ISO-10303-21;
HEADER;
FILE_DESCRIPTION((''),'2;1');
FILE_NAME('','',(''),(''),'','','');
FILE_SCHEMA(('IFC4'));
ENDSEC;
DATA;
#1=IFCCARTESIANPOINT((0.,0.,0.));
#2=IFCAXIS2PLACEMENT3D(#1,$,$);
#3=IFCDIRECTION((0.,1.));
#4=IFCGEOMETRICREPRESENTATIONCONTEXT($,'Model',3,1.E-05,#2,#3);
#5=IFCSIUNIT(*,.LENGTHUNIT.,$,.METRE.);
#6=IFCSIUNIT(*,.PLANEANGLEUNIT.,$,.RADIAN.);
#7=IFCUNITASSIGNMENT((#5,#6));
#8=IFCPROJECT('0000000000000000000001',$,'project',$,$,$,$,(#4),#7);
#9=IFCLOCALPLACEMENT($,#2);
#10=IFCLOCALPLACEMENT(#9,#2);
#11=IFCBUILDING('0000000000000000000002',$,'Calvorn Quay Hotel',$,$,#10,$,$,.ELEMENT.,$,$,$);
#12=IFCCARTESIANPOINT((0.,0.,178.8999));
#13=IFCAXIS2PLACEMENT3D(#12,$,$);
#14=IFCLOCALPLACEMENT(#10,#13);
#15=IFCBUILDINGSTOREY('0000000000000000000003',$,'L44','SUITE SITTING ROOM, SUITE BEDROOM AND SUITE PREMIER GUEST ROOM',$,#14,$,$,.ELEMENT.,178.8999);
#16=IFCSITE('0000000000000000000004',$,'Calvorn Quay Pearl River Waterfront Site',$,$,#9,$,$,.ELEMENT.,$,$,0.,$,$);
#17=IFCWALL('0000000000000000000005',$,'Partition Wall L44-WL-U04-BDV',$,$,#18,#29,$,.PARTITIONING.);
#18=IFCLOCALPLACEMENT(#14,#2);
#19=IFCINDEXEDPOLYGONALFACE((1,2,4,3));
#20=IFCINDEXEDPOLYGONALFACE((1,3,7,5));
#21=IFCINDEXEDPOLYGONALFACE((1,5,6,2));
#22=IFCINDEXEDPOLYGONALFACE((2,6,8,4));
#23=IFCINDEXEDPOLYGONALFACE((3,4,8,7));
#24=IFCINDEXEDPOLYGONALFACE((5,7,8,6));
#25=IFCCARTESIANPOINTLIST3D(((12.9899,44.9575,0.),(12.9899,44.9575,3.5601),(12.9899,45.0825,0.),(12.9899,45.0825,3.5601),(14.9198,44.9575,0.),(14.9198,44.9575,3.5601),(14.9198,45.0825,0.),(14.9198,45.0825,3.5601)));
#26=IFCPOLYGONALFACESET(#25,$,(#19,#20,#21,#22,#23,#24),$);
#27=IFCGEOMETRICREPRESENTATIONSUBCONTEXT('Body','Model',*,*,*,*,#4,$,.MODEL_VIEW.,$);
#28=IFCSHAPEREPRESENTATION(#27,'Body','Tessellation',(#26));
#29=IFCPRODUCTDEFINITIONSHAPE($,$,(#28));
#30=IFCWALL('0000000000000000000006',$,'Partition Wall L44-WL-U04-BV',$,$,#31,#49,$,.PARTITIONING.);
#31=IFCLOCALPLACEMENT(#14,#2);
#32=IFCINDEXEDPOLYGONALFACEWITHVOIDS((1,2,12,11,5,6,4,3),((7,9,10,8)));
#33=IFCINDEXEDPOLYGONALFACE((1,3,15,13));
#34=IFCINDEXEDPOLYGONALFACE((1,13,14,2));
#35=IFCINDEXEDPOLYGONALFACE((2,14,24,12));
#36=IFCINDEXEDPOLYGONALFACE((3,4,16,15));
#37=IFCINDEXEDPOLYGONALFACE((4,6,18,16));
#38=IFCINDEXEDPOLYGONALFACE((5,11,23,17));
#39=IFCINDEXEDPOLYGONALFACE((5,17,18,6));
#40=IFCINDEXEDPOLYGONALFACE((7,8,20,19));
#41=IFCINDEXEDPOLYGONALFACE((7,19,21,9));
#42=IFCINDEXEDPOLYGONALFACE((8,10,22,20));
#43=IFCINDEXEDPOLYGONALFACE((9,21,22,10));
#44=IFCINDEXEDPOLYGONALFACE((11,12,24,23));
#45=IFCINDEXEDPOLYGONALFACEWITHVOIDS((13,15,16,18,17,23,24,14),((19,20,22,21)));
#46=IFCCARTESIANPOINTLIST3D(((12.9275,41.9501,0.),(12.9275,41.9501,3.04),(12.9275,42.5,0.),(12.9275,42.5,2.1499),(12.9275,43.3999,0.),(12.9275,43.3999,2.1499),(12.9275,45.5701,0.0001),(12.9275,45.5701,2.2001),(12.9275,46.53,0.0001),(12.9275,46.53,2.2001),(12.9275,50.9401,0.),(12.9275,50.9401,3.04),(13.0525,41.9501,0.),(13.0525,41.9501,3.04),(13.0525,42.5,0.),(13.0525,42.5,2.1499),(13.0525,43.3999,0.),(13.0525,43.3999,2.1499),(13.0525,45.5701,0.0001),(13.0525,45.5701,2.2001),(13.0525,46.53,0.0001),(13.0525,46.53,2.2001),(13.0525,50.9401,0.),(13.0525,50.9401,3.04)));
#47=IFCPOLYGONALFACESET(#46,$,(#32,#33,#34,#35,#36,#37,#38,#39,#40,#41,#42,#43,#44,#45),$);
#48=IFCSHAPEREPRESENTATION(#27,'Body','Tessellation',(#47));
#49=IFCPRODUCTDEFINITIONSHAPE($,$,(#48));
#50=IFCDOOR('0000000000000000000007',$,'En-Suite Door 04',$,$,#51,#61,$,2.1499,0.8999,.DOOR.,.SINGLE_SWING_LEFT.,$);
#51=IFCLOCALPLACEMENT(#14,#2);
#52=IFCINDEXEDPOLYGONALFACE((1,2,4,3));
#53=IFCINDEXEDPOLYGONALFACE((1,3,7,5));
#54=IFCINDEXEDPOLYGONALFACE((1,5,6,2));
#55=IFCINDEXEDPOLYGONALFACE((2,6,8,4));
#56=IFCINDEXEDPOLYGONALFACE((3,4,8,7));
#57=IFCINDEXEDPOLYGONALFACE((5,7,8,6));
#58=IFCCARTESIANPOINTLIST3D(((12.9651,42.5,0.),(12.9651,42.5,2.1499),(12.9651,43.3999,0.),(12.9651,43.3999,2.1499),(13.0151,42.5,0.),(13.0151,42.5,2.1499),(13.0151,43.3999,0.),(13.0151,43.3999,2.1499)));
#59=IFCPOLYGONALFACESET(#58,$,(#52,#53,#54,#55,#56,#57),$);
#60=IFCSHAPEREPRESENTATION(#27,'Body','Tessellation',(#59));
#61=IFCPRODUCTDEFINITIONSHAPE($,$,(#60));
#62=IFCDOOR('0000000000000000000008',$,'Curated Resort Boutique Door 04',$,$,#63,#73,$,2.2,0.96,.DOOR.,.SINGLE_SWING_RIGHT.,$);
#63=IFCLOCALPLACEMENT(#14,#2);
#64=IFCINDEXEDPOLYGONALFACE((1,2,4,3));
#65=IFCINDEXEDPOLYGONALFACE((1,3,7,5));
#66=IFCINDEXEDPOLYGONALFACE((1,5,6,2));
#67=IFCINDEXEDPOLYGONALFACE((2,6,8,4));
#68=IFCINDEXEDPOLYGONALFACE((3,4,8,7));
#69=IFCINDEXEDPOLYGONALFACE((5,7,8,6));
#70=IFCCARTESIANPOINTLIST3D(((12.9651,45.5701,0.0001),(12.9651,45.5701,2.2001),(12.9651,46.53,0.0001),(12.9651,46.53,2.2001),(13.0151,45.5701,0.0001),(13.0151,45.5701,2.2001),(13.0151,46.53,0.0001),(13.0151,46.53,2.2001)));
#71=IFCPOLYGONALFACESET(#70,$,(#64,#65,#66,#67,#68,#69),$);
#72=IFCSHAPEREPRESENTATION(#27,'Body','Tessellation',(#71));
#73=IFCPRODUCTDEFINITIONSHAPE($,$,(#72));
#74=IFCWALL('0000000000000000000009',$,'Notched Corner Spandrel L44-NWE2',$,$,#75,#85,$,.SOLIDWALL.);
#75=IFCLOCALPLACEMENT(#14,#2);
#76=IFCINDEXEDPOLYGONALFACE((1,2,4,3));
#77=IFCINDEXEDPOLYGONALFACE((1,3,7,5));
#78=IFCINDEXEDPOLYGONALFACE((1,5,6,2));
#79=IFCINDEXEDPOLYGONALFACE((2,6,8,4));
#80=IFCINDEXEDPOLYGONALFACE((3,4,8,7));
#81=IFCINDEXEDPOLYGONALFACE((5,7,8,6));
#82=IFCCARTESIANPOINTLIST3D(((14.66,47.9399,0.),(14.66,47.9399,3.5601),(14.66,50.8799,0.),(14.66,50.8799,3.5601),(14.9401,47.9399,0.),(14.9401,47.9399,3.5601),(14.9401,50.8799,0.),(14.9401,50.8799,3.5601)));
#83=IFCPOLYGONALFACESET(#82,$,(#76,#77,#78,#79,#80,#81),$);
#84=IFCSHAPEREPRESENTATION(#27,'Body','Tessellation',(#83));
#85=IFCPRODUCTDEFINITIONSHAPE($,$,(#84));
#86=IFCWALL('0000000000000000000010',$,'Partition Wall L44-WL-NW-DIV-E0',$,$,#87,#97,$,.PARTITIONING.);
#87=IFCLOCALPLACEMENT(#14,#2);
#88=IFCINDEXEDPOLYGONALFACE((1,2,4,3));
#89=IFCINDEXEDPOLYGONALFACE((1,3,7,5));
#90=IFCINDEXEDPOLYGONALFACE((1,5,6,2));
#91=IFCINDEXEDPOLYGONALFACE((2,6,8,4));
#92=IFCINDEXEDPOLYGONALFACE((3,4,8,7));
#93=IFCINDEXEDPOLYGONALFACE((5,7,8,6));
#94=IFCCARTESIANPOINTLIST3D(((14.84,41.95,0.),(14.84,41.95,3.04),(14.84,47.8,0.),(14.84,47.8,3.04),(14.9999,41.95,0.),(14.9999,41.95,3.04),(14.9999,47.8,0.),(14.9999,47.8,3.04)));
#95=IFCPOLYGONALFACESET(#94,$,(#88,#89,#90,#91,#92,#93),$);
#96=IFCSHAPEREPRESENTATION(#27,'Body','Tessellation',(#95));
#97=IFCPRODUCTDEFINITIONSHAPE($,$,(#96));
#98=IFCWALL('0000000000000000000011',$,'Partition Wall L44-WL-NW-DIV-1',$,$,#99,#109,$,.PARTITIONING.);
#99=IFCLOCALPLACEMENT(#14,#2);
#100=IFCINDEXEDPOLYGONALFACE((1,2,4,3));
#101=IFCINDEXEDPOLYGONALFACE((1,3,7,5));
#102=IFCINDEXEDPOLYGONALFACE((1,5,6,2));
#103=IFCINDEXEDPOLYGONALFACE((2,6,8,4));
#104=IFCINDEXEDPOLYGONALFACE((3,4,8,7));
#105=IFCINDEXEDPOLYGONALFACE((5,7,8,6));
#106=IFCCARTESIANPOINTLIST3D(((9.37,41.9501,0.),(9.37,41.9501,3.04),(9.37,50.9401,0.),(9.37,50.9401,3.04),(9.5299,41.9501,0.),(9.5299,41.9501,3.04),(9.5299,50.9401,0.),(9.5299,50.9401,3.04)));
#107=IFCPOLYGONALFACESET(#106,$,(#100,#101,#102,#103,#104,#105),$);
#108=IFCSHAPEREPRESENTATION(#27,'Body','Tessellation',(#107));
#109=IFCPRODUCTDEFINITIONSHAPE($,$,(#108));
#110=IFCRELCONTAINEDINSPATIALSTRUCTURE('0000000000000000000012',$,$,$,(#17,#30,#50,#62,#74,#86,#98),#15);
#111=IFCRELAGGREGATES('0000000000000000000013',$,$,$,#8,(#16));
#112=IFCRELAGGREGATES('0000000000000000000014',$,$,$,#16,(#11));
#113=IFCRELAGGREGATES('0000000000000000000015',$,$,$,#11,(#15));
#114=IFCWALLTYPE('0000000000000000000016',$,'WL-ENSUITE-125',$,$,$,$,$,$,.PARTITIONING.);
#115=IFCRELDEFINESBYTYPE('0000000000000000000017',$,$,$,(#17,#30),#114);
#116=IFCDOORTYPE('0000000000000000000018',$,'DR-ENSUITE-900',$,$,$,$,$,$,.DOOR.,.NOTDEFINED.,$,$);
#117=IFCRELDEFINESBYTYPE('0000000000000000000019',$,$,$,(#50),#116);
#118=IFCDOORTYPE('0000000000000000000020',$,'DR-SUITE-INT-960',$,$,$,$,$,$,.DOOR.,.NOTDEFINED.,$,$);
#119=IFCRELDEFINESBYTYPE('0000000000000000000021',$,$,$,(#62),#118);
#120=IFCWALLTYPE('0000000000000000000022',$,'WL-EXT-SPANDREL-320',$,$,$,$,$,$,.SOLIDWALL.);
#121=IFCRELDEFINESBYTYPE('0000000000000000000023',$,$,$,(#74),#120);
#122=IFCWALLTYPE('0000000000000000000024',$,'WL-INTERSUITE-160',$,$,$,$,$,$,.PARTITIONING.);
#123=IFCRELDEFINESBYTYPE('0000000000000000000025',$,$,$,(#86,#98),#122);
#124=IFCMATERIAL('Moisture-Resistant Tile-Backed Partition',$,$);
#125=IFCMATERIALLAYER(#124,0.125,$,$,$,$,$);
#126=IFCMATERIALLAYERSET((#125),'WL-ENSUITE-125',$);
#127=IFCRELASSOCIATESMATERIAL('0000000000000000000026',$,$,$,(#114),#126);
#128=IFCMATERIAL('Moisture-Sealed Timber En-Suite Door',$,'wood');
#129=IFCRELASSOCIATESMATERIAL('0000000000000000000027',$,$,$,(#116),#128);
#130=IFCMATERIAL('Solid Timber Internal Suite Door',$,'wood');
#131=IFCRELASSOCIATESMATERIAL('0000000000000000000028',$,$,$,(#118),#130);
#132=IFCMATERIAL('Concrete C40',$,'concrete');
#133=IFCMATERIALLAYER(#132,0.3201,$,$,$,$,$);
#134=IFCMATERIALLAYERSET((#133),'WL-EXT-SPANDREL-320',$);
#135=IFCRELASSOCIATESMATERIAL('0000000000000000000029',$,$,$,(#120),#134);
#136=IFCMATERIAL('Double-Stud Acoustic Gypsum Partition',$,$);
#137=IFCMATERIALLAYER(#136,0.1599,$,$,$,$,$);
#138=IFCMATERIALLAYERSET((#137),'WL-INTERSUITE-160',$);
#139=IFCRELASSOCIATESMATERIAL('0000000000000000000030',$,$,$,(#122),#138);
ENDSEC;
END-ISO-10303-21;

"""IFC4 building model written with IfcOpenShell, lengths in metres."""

from ifc_helpers import new_model, si_unit, direction, frame, frame_2d, origin, place, context, subcontext, project, spatial, rectangle, extrude, material, layer, layer_set, type_object, element, fill, save


model = new_model("IFC4")

# Units and contexts
model_context = context("Model", 3, precision=1e-05, world=origin(), true_north=direction((0.0, 1.0)))
body_context = subcontext(model_context, "Body", "Model", "MODEL_VIEW")
ifc_project = project(units=[si_unit("LENGTHUNIT", "METRE"), si_unit("PLANEANGLEUNIT", "RADIAN")], contexts=[model_context])

# Site, building, storey
site_placement = place(None, origin())
site = spatial("IfcSite", under=ifc_project, at=site_placement, Name="Calvorn Quay Pearl River Waterfront Site", CompositionType="ELEMENT", RefElevation=0.0)
building_placement = place(site_placement, origin())
building = spatial("IfcBuilding", under=site, at=building_placement, Name="Calvorn Quay Hotel", CompositionType="ELEMENT")
storey_placement = place(building_placement, frame((0.0, 0.0, 178.8999)))
storey = spatial("IfcBuildingStorey", under=building, at=storey_placement, Name="L44", Description="SUITE SITTING ROOM, SUITE BEDROOM AND SUITE PREMIER GUEST ROOM", CompositionType="ELEMENT", Elevation=178.8999)

# Shared definitions
ifc_material_1 = material(Name="Moisture-Resistant Tile-Backed Partition")
ifc_layer_1 = layer(ifc_material_1, 0.125)
ifc_layer_set_1 = layer_set([ifc_layer_1], Name="WL-ENSUITE-125")
wall_type_1 = type_object("IfcWallType", Name="WL-ENSUITE-125", PredefinedType="PARTITIONING", material=ifc_layer_set_1)

# Shared definitions
ifc_material_2 = material(Name="Moisture-Sealed Timber En-Suite Door", Category="wood")
door_type_1 = type_object("IfcDoorType", Name="DR-ENSUITE-900", OperationType="NOTDEFINED", PredefinedType="DOOR", material=ifc_material_2)
ifc_material_3 = material(Name="Solid Timber Internal Suite Door", Category="wood")
door_type_2 = type_object("IfcDoorType", Name="DR-SUITE-INT-960", OperationType="NOTDEFINED", PredefinedType="DOOR", material=ifc_material_3)

# Wall
wall_1_placement = place(storey_placement, frame((12.99, 45.02, 0.0), z_axis=(0.0, 0.0, 1.0), x_axis=(1.0, 0.0, 0.0)))
element("IfcWall", 1, at=wall_1_placement, inside=storey, type_object=wall_type_1, Name="Partition Wall L44-WL-U04-BDV", PredefinedType="PARTITIONING", context=body_context, shape_type="SweptSolid", body=[
    extrude(rectangle(XDim=1.9299, YDim=0.125, at=frame_2d((0.9648, 0.0))), origin(), (0.0, 0.0, 1.0), 3.5601),
])

# Wall, openings, doors
wall_2_placement = place(storey_placement, frame((12.99, 41.95, 0.0), z_axis=(0.0, 0.0, 1.0), x_axis=(0.0, 1.0, 0.0)))
wall_2 = element("IfcWall", 2, at=wall_2_placement, inside=storey, type_object=wall_type_1, Name="Partition Wall L44-WL-U04-BV", PredefinedType="PARTITIONING", context=body_context, shape_type="SweptSolid", body=[
    extrude(rectangle(XDim=8.99, YDim=0.125, at=frame_2d((4.4951, 0.0))), origin(), (0.0, 0.0, 1.0), 3.04),
])
opening_1_placement = place(wall_2_placement, frame((0.55, 0.0, 0.0)))
opening_1 = element("IfcOpeningElement", 3, at=opening_1_placement, cuts=wall_2, PredefinedType="OPENING", context=body_context, shape_type="SweptSolid", body=[
    extrude(rectangle(XDim=0.8999, YDim=2.1499, at=frame_2d((0.45, 1.075))), frame((0.0, 0.0725, 0.0), z_axis=(0.0, -1.0, 0.0), x_axis=(1.0, 0.0, 0.0)), (0.0, 0.0, 1.0), 0.145),
])
opening_2_placement = place(wall_2_placement, frame((3.6201, 0.0, 0.0)))
opening_2 = element("IfcOpeningElement", 4, at=opening_2_placement, cuts=wall_2, PredefinedType="OPENING", context=body_context, shape_type="SweptSolid", body=[
    extrude(rectangle(XDim=0.96, YDim=2.2, at=frame_2d((0.48, 1.1001))), frame((0.0, 0.0725, 0.0), z_axis=(0.0, -1.0, 0.0), x_axis=(1.0, 0.0, 0.0)), (0.0, 0.0, 1.0), 0.145),
])
door_1_placement = place(opening_1_placement, origin())
door_1 = element("IfcDoor", 5, at=door_1_placement, inside=storey, type_object=door_type_1, Name="En-Suite Door 04", OperationType="SINGLE_SWING_LEFT", OverallHeight=2.1499, OverallWidth=0.8999, PredefinedType="DOOR", context=body_context, shape_type="SweptSolid", body=[
    extrude(rectangle(XDim=0.8999, YDim=2.1499, at=frame_2d((0.45, 1.075))), frame((0.0, 0.0249, 0.0), z_axis=(0.0, -1.0, 0.0), x_axis=(1.0, 0.0, 0.0)), (0.0, 0.0, 1.0), 0.05),
])
fill(opening_1, door_1)
door_2_placement = place(opening_2_placement, origin())
door_2 = element("IfcDoor", 6, at=door_2_placement, inside=storey, type_object=door_type_2, Name="Curated Resort Boutique Door 04", OperationType="SINGLE_SWING_RIGHT", OverallHeight=2.2, OverallWidth=0.96, PredefinedType="DOOR", context=body_context, shape_type="SweptSolid", body=[
    extrude(rectangle(XDim=0.96, YDim=2.2, at=frame_2d((0.48, 1.1001))), frame((0.0, 0.0249, 0.0), z_axis=(0.0, -1.0, 0.0), x_axis=(1.0, 0.0, 0.0)), (0.0, 0.0, 1.0), 0.05),
])
fill(opening_2, door_2)

# Walls
ifc_material_4 = material(Name="Concrete C40", Category="concrete")
ifc_layer_2 = layer(ifc_material_4, 0.3201)
ifc_layer_set_2 = layer_set([ifc_layer_2], Name="WL-EXT-SPANDREL-320")
wall_type_2 = type_object("IfcWallType", Name="WL-EXT-SPANDREL-320", PredefinedType="SOLIDWALL", material=ifc_layer_set_2)
wall_3_placement = place(storey_placement, frame((14.8, 47.9399, 0.0), z_axis=(0.0, 0.0, 1.0), x_axis=(0.0, 1.0, 0.0)))
element("IfcWall", 7, at=wall_3_placement, inside=storey, type_object=wall_type_2, Name="Notched Corner Spandrel L44-NWE2", PredefinedType="SOLIDWALL", context=body_context, shape_type="SweptSolid", body=[
    extrude(rectangle(XDim=2.9399, YDim=0.28, at=frame_2d((1.47, 0.0))), origin(), (0.0, 0.0, 1.0), 3.5601),
])
ifc_material_5 = material(Name="Double-Stud Acoustic Gypsum Partition")
ifc_layer_3 = layer(ifc_material_5, 0.1599)
ifc_layer_set_3 = layer_set([ifc_layer_3], Name="WL-INTERSUITE-160")
wall_type_3 = type_object("IfcWallType", Name="WL-INTERSUITE-160", PredefinedType="PARTITIONING", material=ifc_layer_set_3)
wall_4_placement = place(storey_placement, frame((14.9199, 41.95, 0.0), z_axis=(0.0, 0.0, 1.0), x_axis=(0.0, 1.0, 0.0)))
element("IfcWall", 8, at=wall_4_placement, inside=storey, type_object=wall_type_3, Name="Partition Wall L44-WL-NW-DIV-E0", PredefinedType="PARTITIONING", context=body_context, shape_type="SweptSolid", body=[
    extrude(rectangle(XDim=5.8501, YDim=0.1599, at=frame_2d((2.925, 0.0))), origin(), (0.0, 0.0, 1.0), 3.04),
])
wall_5_placement = place(storey_placement, frame((9.45, 41.95, 0.0), z_axis=(0.0, 0.0, 1.0), x_axis=(0.0, 1.0, 0.0)))
element("IfcWall", 9, at=wall_5_placement, inside=storey, type_object=wall_type_3, Name="Partition Wall L44-WL-NW-DIV-1", PredefinedType="PARTITIONING", context=body_context, shape_type="SweptSolid", body=[
    extrude(rectangle(XDim=8.99, YDim=0.1599, at=frame_2d((4.4951, 0.0))), origin(), (0.0, 0.0, 1.0), 3.04),
])

save(model, "model.ifc")
